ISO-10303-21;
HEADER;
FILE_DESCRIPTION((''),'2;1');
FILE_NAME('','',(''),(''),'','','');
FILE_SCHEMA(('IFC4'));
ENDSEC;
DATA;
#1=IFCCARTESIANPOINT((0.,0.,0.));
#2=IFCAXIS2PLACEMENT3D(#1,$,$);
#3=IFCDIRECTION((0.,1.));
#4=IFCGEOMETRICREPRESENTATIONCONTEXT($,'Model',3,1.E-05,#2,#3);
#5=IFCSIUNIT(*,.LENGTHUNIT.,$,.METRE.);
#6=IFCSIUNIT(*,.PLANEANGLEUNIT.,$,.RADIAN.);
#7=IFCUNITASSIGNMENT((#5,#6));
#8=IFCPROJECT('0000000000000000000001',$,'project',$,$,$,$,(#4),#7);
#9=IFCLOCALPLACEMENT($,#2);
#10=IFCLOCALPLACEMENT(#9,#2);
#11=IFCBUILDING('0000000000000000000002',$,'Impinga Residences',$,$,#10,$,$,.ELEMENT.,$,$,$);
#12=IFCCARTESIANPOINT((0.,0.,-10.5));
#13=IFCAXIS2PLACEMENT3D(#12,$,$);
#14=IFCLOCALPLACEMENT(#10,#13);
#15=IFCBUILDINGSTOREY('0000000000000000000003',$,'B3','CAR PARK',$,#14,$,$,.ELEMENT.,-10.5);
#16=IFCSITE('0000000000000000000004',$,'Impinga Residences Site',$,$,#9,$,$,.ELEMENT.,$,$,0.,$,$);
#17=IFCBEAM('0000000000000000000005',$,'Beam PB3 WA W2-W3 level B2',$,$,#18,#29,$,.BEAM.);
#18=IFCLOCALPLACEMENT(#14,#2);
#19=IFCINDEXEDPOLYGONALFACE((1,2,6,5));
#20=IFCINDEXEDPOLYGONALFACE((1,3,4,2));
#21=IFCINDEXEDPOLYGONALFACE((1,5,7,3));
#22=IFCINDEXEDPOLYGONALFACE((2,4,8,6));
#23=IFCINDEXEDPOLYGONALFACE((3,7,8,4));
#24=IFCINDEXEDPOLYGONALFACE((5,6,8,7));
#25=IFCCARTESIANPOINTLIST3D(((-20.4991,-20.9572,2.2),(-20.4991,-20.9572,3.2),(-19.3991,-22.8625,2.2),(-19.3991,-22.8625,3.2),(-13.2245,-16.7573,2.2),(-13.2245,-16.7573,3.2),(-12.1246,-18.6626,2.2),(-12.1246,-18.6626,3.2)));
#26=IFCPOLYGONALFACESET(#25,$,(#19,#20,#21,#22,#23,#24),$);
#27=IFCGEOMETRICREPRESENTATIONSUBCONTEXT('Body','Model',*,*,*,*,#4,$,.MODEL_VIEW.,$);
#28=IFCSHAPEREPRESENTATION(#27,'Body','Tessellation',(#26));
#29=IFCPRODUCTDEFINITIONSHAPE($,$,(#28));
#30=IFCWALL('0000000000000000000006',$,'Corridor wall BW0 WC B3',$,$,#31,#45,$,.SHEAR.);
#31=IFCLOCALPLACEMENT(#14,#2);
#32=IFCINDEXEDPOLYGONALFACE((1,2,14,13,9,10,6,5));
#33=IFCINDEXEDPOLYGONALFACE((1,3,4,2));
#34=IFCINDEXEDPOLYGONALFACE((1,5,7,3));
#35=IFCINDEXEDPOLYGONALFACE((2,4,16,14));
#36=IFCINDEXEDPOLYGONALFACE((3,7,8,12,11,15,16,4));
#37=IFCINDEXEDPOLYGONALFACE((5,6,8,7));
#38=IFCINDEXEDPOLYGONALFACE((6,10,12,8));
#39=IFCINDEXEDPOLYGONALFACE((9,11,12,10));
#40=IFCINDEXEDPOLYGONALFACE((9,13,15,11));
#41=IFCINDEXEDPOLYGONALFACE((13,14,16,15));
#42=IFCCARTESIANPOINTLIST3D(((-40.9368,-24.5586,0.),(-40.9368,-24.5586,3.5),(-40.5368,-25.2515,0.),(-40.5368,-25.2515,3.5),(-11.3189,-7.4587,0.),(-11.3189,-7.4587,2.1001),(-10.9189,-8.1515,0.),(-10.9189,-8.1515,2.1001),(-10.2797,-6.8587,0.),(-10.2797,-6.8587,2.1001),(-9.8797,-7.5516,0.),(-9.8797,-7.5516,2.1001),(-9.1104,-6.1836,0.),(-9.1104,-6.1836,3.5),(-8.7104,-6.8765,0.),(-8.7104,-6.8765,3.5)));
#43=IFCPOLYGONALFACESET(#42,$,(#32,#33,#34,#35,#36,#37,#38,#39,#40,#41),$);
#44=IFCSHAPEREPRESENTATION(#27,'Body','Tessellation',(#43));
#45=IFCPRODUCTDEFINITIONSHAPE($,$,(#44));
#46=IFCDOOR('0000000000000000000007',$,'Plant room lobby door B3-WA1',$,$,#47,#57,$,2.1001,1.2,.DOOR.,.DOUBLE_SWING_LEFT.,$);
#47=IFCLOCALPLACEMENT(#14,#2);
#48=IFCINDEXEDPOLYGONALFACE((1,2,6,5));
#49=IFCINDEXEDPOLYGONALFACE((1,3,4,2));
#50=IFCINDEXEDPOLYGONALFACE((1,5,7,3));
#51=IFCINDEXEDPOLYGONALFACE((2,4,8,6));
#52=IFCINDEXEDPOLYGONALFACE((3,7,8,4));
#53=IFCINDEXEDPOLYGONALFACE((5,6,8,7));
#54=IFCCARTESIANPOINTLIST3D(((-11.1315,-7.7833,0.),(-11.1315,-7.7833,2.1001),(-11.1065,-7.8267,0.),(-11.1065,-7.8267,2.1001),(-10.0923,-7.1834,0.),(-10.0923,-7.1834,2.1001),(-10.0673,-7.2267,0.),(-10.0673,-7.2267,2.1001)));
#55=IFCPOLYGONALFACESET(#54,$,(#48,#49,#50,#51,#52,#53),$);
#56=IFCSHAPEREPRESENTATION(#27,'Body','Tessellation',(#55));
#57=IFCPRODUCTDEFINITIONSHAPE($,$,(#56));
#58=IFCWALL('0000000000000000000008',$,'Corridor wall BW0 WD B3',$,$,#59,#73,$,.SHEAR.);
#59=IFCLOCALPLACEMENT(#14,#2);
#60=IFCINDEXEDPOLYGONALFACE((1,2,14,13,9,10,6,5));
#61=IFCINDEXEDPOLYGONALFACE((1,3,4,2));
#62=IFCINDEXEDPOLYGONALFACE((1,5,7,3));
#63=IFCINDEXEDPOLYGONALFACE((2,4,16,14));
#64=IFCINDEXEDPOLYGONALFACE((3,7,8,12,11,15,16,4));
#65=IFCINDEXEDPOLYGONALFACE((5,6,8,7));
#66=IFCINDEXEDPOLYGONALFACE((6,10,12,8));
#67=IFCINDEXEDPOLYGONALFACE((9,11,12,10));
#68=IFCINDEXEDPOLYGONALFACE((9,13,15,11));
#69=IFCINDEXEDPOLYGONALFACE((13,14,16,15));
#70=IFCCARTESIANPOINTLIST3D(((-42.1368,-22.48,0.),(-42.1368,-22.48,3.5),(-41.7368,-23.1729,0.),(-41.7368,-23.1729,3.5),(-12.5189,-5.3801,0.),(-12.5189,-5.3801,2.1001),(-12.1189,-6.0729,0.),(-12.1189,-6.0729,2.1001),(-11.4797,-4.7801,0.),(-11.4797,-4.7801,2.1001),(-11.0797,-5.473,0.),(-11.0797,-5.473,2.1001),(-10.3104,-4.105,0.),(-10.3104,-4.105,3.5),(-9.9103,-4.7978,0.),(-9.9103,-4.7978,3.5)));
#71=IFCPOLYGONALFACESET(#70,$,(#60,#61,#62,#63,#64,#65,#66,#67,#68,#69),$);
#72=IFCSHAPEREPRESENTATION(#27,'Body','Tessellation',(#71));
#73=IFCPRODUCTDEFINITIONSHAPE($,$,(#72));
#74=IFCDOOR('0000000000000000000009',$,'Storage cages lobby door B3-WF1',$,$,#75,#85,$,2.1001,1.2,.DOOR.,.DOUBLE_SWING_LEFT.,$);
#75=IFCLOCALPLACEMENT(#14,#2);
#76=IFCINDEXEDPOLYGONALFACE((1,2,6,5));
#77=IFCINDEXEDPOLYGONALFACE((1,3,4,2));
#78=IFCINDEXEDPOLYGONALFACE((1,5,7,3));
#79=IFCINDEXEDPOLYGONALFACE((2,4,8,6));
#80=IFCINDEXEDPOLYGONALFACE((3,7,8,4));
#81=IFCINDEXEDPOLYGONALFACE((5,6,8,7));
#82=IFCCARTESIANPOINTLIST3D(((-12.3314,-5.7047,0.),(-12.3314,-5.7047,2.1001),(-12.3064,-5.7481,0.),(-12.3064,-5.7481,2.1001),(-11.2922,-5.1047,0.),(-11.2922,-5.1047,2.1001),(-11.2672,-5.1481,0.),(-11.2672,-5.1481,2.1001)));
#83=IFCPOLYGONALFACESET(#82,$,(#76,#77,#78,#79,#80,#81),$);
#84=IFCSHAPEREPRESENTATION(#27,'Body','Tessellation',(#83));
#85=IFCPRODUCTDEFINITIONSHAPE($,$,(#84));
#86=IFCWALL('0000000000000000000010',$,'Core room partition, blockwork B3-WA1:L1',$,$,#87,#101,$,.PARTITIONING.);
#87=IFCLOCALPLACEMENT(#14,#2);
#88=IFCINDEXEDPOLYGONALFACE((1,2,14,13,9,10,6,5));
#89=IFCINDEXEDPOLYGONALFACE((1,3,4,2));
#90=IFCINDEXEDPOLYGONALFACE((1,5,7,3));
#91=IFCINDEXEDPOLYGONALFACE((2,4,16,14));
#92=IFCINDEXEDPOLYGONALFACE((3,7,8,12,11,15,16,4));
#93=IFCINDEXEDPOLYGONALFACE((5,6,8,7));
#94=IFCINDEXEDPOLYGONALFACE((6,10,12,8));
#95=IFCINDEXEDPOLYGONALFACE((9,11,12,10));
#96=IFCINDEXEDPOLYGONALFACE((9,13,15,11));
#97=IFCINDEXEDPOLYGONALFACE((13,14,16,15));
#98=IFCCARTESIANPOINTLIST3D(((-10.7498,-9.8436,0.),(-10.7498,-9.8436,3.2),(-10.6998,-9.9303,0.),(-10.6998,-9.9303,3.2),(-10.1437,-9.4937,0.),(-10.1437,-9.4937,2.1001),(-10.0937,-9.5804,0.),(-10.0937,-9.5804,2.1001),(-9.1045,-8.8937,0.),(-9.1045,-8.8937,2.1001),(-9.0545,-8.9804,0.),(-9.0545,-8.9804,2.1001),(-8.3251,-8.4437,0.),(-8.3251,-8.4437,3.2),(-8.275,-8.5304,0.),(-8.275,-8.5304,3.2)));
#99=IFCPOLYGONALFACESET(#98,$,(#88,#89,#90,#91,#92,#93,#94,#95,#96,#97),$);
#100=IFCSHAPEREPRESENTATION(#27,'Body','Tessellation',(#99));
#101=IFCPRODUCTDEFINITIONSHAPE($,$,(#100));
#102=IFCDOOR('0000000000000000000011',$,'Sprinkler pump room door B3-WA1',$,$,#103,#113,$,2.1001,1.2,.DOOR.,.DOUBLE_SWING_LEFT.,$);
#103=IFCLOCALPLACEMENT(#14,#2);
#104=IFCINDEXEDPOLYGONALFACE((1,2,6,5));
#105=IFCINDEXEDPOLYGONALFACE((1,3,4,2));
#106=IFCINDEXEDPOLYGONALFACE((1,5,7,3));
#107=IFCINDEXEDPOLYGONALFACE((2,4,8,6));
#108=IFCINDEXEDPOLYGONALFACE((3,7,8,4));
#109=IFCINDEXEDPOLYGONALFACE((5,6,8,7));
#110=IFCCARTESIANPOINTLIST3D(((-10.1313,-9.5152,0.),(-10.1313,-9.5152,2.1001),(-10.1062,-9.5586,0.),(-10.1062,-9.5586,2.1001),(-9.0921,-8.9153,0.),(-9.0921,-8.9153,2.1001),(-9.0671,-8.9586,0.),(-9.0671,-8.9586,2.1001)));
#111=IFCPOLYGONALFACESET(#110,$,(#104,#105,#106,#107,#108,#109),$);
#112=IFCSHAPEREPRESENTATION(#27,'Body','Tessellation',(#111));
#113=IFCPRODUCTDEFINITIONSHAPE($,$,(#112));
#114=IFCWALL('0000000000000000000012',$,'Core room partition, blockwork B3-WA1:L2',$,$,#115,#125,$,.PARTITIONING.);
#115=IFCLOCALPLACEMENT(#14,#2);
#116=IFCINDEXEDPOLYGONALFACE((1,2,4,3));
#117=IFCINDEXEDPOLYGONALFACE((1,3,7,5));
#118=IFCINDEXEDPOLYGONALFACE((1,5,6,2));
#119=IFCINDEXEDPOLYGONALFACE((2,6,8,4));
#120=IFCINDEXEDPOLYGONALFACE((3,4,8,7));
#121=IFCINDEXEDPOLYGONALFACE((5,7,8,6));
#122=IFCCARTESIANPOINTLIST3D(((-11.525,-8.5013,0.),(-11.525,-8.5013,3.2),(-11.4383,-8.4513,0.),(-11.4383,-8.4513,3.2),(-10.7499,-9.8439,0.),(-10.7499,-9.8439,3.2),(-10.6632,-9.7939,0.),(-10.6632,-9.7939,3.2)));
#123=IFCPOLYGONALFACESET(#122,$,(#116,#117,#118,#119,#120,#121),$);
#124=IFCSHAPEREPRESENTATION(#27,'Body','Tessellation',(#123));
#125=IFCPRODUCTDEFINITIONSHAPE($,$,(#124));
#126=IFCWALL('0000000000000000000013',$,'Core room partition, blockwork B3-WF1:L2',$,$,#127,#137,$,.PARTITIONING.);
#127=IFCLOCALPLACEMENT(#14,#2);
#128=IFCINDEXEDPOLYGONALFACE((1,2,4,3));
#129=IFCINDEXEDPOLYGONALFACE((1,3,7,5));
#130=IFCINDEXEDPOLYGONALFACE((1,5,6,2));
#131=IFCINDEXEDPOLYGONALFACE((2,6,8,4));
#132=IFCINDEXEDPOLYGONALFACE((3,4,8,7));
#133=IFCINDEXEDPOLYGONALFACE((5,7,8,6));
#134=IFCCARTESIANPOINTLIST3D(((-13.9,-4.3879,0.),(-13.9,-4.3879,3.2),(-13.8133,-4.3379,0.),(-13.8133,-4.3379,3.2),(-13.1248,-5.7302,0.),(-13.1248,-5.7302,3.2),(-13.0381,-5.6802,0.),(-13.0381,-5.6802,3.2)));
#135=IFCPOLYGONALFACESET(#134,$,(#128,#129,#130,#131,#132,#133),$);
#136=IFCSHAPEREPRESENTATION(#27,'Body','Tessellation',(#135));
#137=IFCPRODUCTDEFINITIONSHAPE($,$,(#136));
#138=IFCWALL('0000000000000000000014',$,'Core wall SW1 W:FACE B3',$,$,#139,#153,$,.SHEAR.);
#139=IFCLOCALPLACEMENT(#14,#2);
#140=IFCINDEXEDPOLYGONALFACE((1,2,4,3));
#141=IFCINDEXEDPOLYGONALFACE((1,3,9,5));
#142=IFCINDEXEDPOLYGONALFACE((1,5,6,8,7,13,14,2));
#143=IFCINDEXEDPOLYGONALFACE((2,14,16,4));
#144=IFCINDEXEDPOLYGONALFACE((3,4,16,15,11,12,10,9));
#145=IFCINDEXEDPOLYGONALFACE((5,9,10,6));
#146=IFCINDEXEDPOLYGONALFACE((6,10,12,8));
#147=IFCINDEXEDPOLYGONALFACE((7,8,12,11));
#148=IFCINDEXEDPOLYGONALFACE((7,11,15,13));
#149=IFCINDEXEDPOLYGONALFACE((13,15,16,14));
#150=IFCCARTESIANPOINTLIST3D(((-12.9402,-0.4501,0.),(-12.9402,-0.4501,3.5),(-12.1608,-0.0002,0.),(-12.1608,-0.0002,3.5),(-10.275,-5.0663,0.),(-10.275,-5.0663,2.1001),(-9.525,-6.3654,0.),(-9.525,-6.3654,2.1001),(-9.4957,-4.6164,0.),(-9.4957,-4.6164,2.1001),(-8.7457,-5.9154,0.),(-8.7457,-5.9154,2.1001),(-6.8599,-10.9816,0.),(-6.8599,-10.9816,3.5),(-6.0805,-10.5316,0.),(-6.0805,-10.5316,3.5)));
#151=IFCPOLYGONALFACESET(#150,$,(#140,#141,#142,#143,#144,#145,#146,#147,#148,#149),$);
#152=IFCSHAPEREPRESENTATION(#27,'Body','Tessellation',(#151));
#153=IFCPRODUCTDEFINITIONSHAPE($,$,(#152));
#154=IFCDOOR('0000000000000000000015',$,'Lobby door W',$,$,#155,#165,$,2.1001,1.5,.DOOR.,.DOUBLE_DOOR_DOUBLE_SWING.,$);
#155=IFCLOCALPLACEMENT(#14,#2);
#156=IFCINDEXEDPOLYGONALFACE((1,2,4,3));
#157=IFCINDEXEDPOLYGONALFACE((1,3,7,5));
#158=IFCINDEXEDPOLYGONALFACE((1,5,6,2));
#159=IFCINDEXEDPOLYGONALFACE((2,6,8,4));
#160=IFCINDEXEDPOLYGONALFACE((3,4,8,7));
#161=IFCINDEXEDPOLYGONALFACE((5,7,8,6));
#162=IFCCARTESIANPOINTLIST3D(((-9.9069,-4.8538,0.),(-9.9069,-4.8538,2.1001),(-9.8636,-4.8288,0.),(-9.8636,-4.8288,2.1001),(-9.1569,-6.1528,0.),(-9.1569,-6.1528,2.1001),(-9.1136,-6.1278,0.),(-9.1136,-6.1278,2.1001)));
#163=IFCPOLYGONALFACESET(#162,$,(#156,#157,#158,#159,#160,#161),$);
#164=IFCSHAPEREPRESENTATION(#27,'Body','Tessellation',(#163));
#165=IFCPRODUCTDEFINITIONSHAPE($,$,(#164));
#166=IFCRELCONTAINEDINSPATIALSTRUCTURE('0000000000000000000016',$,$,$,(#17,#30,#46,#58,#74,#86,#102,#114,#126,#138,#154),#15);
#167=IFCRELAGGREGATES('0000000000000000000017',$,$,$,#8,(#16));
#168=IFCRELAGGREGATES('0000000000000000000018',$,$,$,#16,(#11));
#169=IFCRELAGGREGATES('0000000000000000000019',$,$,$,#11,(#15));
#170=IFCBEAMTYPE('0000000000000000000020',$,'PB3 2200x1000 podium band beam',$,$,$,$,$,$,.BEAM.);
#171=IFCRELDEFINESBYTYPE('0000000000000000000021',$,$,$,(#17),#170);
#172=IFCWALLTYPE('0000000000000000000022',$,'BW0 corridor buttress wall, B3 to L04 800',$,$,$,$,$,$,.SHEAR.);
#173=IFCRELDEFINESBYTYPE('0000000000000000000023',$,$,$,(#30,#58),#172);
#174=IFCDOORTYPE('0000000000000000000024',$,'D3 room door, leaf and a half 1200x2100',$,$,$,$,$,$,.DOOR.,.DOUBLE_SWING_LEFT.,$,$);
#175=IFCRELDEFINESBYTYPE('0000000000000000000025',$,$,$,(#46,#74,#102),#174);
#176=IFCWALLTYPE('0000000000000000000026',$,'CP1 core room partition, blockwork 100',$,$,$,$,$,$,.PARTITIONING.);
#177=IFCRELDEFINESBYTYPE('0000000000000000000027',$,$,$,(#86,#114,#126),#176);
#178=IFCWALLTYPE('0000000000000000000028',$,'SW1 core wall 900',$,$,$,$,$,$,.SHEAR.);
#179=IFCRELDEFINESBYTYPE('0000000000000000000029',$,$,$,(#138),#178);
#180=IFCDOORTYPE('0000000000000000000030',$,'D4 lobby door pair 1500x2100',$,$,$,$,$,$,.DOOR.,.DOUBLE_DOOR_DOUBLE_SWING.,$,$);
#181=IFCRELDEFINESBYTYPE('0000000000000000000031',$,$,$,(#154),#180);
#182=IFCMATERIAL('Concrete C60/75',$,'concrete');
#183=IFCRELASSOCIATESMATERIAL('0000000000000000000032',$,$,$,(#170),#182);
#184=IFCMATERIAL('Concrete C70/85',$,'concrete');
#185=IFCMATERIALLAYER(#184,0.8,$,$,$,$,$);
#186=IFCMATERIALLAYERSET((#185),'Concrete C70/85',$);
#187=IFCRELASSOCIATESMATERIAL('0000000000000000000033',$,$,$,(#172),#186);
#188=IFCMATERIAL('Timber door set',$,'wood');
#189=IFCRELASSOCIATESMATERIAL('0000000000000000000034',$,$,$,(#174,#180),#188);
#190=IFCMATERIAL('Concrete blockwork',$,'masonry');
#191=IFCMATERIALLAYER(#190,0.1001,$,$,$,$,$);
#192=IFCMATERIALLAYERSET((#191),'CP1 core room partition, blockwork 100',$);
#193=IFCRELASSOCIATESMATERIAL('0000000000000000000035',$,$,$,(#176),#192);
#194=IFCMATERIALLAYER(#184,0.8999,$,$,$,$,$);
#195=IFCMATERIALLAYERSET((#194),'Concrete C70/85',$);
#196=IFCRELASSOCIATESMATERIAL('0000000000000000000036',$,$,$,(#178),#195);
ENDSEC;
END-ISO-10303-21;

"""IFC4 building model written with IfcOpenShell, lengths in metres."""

from ifc_helpers import new_model, si_unit, direction, frame, frame_2d, origin, origin_2d, place, context, subcontext, project, spatial, rectangle, extrude, material, layer, layer_set, material_profile, profile_set, type_object, element, fill, save


model = new_model("IFC4")

# Units and contexts
model_context = context("Model", 3, precision=1e-05, world=origin(), true_north=direction((0.0, 1.0)))
body_context = subcontext(model_context, "Body", "Model", "MODEL_VIEW")
ifc_project = project(units=[si_unit("LENGTHUNIT", "METRE"), si_unit("PLANEANGLEUNIT", "RADIAN")], contexts=[model_context])

# Site, building, storey
site_placement = place(None, origin())
site = spatial("IfcSite", under=ifc_project, at=site_placement, Name="Impinga Residences Site", CompositionType="ELEMENT", RefElevation=0.0)
building_placement = place(site_placement, origin())
building = spatial("IfcBuilding", under=site, at=building_placement, Name="Impinga Residences", CompositionType="ELEMENT")
storey_placement = place(building_placement, frame((0.0, 0.0, -10.5)))
storey = spatial("IfcBuildingStorey", under=building, at=storey_placement, Name="B3", Description="CAR PARK", CompositionType="ELEMENT", Elevation=-10.5)

# Beam
ifc_material_1 = material(Name="Concrete C60/75", Category="concrete")
ifc_material_profile_1 = material_profile(ifc_material_1, rectangle(XDim=2.2, YDim=1.0, at=origin_2d()), Name="RC 2200x1000")
ifc_profile_set_1 = profile_set([ifc_material_profile_1], Name="Concrete C60/75")
beam_type_1 = type_object("IfcBeamType", Name="PB3 2200x1000 podium band beam", PredefinedType="BEAM", material=ifc_profile_set_1)
beam_1_placement = place(storey_placement, frame((-12.6746, -17.71, 2.7), z_axis=(-0.866029, -0.499993, 0.0), x_axis=(0.499993, -0.866029, 0.0)))
element("IfcBeam", 1, at=beam_1_placement, inside=storey, type_object=beam_type_1, Name="Beam PB3 WA W2-W3 level B2", PredefinedType="BEAM", context=body_context, shape_type="SweptSolid", body=[
    extrude(rectangle(XDim=2.2, YDim=1.0, at=origin_2d()), origin(), (0.0, 0.0, 1.0), 8.3999),
])

# Walls, openings, doors
ifc_material_2 = material(Name="Concrete C70/85", Category="concrete")
ifc_layer_1 = layer(ifc_material_2, 0.8)
ifc_layer_set_1 = layer_set([ifc_layer_1], Name="Concrete C70/85")
wall_type_1 = type_object("IfcWallType", Name="BW0 corridor buttress wall, B3 to L04 800", PredefinedType="SHEAR", material=ifc_layer_set_1)
wall_1_placement = place(storey_placement, frame((-8.9104, -6.53, 0.0), z_axis=(0.0, 0.0, 1.0), x_axis=(-0.866025, -0.5, 0.0)))
wall_1 = element("IfcWall", 2, at=wall_1_placement, inside=storey, type_object=wall_type_1, Name="Corridor wall BW0 WC B3", PredefinedType="SHEAR", context=body_context, shape_type="SweptSolid", body=[
    extrude(rectangle(XDim=36.75, YDim=0.8, at=frame_2d((18.375, 0.0))), origin(), (0.0, 0.0, 1.0), 3.5),
])
opening_1_placement = place(wall_1_placement, frame((1.3501, 0.0, 0.0)))
opening_1 = element("IfcOpeningElement", 3, at=opening_1_placement, cuts=wall_1, PredefinedType="OPENING", context=body_context, shape_type="SweptSolid", body=[
    extrude(rectangle(XDim=1.2, YDim=2.1001, at=frame_2d((0.6001, 1.05))), frame((0.0, 0.4099, 0.0), z_axis=(0.0, -1.0, 0.0), x_axis=(1.0, 0.0, 0.0)), (0.0, 0.0, 1.0), 0.8201),
])
ifc_material_3 = material(Name="Timber door set", Category="wood")
door_type_1 = type_object("IfcDoorType", Name="D3 room door, leaf and a half 1200x2100", OperationType="DOUBLE_SWING_LEFT", PredefinedType="DOOR", material=ifc_material_3)
door_1_placement = place(opening_1_placement, origin())
door_1 = element("IfcDoor", 4, at=door_1_placement, inside=storey, type_object=door_type_1, Name="Plant room lobby door B3-WA1", OperationType="DOUBLE_SWING_LEFT", OverallHeight=2.1001, OverallWidth=1.2, PredefinedType="DOOR", context=body_context, shape_type="SweptSolid", body=[
    extrude(rectangle(XDim=1.2, YDim=2.1001, at=frame_2d((0.6001, 1.05))), frame((0.0, 0.0249, 0.0), z_axis=(0.0, -1.0, 0.0), x_axis=(1.0, 0.0, 0.0)), (0.0, 0.0, 1.0), 0.05),
])
fill(opening_1, door_1)
wall_2_placement = place(storey_placement, frame((-10.1104, -4.4514, 0.0), z_axis=(0.0, 0.0, 1.0), x_axis=(-0.866025, -0.5, 0.0)))
wall_2 = element("IfcWall", 5, at=wall_2_placement, inside=storey, type_object=wall_type_1, Name="Corridor wall BW0 WD B3", PredefinedType="SHEAR", context=body_context, shape_type="SweptSolid", body=[
    extrude(rectangle(XDim=36.75, YDim=0.8, at=frame_2d((18.375, 0.0))), origin(), (0.0, 0.0, 1.0), 3.5),
])
opening_2_placement = place(wall_2_placement, frame((1.3501, 0.0, 0.0)))
opening_2 = element("IfcOpeningElement", 6, at=opening_2_placement, cuts=wall_2, PredefinedType="OPENING", context=body_context, shape_type="SweptSolid", body=[
    extrude(rectangle(XDim=1.2, YDim=2.1001, at=frame_2d((0.6001, 1.05))), frame((0.0, 0.4099, 0.0), z_axis=(0.0, -1.0, 0.0), x_axis=(1.0, 0.0, 0.0)), (0.0, 0.0, 1.0), 0.8201),
])
door_2_placement = place(opening_2_placement, origin())
door_2 = element("IfcDoor", 7, at=door_2_placement, inside=storey, type_object=door_type_1, Name="Storage cages lobby door B3-WF1", OperationType="DOUBLE_SWING_LEFT", OverallHeight=2.1001, OverallWidth=1.2, PredefinedType="DOOR", context=body_context, shape_type="SweptSolid", body=[
    extrude(rectangle(XDim=1.2, YDim=2.1001, at=frame_2d((0.6001, 1.05))), frame((0.0, 0.0249, 0.0), z_axis=(0.0, -1.0, 0.0), x_axis=(1.0, 0.0, 0.0)), (0.0, 0.0, 1.0), 0.05),
])
fill(opening_2, door_2)
ifc_material_4 = material(Name="Concrete blockwork", Category="masonry")
ifc_layer_2 = layer(ifc_material_4, 0.1001)
ifc_layer_set_2 = layer_set([ifc_layer_2], Name="CP1 core room partition, blockwork 100")
wall_type_2 = type_object("IfcWallType", Name="CP1 core room partition, blockwork 100", PredefinedType="PARTITIONING", material=ifc_layer_set_2)
wall_3_placement = place(storey_placement, frame((-8.3, -8.4871, 0.0), z_axis=(0.0, 0.0, 1.0), x_axis=(-0.866035, -0.499984, 0.0)))
wall_3 = element("IfcWall", 8, at=wall_3_placement, inside=storey, type_object=wall_type_2, Name="Core room partition, blockwork B3-WA1:L1", PredefinedType="PARTITIONING", context=body_context, shape_type="SweptSolid", body=[
    extrude(rectangle(XDim=2.7998, YDim=0.1001, at=frame_2d((1.3999, 0.0))), origin(), (0.0, 0.0, 1.0), 3.2),
])
opening_3_placement = place(wall_3_placement, frame((0.8999, 0.0, 0.0)))
opening_3 = element("IfcOpeningElement", 9, at=opening_3_placement, cuts=wall_3, PredefinedType="OPENING", context=body_context, shape_type="SweptSolid", body=[
    extrude(rectangle(XDim=1.2, YDim=2.1001, at=frame_2d((0.6001, 1.05))), frame((0.0, 0.0601, 0.0), z_axis=(0.0, -1.0, 0.0), x_axis=(1.0, 0.0, 0.0)), (0.0, 0.0, 1.0), 0.1201),
])
door_3_placement = place(opening_3_placement, origin())
door_3 = element("IfcDoor", 10, at=door_3_placement, inside=storey, type_object=door_type_1, Name="Sprinkler pump room door B3-WA1", OperationType="DOUBLE_SWING_LEFT", OverallHeight=2.1001, OverallWidth=1.2, PredefinedType="DOOR", context=body_context, shape_type="SweptSolid", body=[
    extrude(rectangle(XDim=1.2, YDim=2.1001, at=frame_2d((0.6001, 1.05))), frame((0.0, 0.0249, 0.0), z_axis=(0.0, -1.0, 0.0), x_axis=(1.0, 0.0, 0.0)), (0.0, 0.0, 1.0), 0.05),
])
fill(opening_3, door_3)

# Walls
wall_4_placement = place(storey_placement, frame((-11.4817, -8.4763, 0.0), z_axis=(0.0, 0.0, 1.0), x_axis=(0.500018, -0.866015, 0.0)))
element("IfcWall", 11, at=wall_4_placement, inside=storey, type_object=wall_type_2, Name="Core room partition, blockwork B3-WA1:L2", PredefinedType="PARTITIONING", context=body_context, shape_type="SweptSolid", body=[
    extrude(rectangle(XDim=1.5503, YDim=0.1001, at=frame_2d((0.7751, 0.0))), origin(), (0.0, 0.0, 1.0), 3.2),
])
wall_5_placement = place(storey_placement, frame((-13.0815, -5.7051, 0.0), z_axis=(0.0, 0.0, 1.0), x_axis=(-0.500086, 0.865976, 0.0)))
element("IfcWall", 12, at=wall_5_placement, inside=storey, type_object=wall_type_2, Name="Core room partition, blockwork B3-WF1:L2", PredefinedType="PARTITIONING", context=body_context, shape_type="SweptSolid", body=[
    extrude(rectangle(XDim=1.55, YDim=0.1001, at=frame_2d((0.7749, 0.0))), origin(), (0.0, 0.0, 1.0), 3.2),
])

# Wall, opening, door
ifc_layer_3 = layer(ifc_material_2, 0.8999)
ifc_layer_set_3 = layer_set([ifc_layer_3], Name="Concrete C70/85")
wall_type_3 = type_object("IfcWallType", Name="SW1 core wall 900", PredefinedType="SHEAR", material=ifc_layer_set_3)
wall_6_placement = place(storey_placement, frame((-6.4702, -10.7566, 0.0), z_axis=(0.0, 0.0, 1.0), x_axis=(-0.499998, 0.866027, 0.0)))
wall_6 = element("IfcWall", 13, at=wall_6_placement, inside=storey, type_object=wall_type_3, Name="Core wall SW1 W:FACE B3", PredefinedType="SHEAR", context=body_context, shape_type="SweptSolid", body=[
    extrude(rectangle(XDim=12.1606, YDim=0.8999, at=frame_2d((6.0803, 0.0))), origin(), (0.0, 0.0, 1.0), 3.5),
])
opening_4_placement = place(wall_6_placement, frame((5.3303, 0.0, 0.0)))
opening_4 = element("IfcOpeningElement", 14, at=opening_4_placement, cuts=wall_6, PredefinedType="OPENING", context=body_context, shape_type="SweptSolid", body=[
    extrude(rectangle(XDim=1.5, YDim=2.1001, at=frame_2d((0.75, 1.05))), frame((0.0, 0.46, 0.0), z_axis=(0.0, -1.0, 0.0), x_axis=(1.0, 0.0, 0.0)), (0.0, 0.0, 1.0), 0.9199),
])
door_type_2 = type_object("IfcDoorType", Name="D4 lobby door pair 1500x2100", OperationType="DOUBLE_DOOR_DOUBLE_SWING", PredefinedType="DOOR", material=ifc_material_3)
door_4_placement = place(opening_4_placement, origin())
door_4 = element("IfcDoor", 15, at=door_4_placement, inside=storey, type_object=door_type_2, Name="Lobby door W", OperationType="DOUBLE_DOOR_DOUBLE_SWING", OverallHeight=2.1001, OverallWidth=1.5, PredefinedType="DOOR", context=body_context, shape_type="SweptSolid", body=[
    extrude(rectangle(XDim=1.5, YDim=2.1001, at=frame_2d((0.75, 1.05))), frame((0.0, 0.0249, 0.0), z_axis=(0.0, -1.0, 0.0), x_axis=(1.0, 0.0, 0.0)), (0.0, 0.0, 1.0), 0.05),
])
fill(opening_4, door_4)

save(model, "model.ifc")
